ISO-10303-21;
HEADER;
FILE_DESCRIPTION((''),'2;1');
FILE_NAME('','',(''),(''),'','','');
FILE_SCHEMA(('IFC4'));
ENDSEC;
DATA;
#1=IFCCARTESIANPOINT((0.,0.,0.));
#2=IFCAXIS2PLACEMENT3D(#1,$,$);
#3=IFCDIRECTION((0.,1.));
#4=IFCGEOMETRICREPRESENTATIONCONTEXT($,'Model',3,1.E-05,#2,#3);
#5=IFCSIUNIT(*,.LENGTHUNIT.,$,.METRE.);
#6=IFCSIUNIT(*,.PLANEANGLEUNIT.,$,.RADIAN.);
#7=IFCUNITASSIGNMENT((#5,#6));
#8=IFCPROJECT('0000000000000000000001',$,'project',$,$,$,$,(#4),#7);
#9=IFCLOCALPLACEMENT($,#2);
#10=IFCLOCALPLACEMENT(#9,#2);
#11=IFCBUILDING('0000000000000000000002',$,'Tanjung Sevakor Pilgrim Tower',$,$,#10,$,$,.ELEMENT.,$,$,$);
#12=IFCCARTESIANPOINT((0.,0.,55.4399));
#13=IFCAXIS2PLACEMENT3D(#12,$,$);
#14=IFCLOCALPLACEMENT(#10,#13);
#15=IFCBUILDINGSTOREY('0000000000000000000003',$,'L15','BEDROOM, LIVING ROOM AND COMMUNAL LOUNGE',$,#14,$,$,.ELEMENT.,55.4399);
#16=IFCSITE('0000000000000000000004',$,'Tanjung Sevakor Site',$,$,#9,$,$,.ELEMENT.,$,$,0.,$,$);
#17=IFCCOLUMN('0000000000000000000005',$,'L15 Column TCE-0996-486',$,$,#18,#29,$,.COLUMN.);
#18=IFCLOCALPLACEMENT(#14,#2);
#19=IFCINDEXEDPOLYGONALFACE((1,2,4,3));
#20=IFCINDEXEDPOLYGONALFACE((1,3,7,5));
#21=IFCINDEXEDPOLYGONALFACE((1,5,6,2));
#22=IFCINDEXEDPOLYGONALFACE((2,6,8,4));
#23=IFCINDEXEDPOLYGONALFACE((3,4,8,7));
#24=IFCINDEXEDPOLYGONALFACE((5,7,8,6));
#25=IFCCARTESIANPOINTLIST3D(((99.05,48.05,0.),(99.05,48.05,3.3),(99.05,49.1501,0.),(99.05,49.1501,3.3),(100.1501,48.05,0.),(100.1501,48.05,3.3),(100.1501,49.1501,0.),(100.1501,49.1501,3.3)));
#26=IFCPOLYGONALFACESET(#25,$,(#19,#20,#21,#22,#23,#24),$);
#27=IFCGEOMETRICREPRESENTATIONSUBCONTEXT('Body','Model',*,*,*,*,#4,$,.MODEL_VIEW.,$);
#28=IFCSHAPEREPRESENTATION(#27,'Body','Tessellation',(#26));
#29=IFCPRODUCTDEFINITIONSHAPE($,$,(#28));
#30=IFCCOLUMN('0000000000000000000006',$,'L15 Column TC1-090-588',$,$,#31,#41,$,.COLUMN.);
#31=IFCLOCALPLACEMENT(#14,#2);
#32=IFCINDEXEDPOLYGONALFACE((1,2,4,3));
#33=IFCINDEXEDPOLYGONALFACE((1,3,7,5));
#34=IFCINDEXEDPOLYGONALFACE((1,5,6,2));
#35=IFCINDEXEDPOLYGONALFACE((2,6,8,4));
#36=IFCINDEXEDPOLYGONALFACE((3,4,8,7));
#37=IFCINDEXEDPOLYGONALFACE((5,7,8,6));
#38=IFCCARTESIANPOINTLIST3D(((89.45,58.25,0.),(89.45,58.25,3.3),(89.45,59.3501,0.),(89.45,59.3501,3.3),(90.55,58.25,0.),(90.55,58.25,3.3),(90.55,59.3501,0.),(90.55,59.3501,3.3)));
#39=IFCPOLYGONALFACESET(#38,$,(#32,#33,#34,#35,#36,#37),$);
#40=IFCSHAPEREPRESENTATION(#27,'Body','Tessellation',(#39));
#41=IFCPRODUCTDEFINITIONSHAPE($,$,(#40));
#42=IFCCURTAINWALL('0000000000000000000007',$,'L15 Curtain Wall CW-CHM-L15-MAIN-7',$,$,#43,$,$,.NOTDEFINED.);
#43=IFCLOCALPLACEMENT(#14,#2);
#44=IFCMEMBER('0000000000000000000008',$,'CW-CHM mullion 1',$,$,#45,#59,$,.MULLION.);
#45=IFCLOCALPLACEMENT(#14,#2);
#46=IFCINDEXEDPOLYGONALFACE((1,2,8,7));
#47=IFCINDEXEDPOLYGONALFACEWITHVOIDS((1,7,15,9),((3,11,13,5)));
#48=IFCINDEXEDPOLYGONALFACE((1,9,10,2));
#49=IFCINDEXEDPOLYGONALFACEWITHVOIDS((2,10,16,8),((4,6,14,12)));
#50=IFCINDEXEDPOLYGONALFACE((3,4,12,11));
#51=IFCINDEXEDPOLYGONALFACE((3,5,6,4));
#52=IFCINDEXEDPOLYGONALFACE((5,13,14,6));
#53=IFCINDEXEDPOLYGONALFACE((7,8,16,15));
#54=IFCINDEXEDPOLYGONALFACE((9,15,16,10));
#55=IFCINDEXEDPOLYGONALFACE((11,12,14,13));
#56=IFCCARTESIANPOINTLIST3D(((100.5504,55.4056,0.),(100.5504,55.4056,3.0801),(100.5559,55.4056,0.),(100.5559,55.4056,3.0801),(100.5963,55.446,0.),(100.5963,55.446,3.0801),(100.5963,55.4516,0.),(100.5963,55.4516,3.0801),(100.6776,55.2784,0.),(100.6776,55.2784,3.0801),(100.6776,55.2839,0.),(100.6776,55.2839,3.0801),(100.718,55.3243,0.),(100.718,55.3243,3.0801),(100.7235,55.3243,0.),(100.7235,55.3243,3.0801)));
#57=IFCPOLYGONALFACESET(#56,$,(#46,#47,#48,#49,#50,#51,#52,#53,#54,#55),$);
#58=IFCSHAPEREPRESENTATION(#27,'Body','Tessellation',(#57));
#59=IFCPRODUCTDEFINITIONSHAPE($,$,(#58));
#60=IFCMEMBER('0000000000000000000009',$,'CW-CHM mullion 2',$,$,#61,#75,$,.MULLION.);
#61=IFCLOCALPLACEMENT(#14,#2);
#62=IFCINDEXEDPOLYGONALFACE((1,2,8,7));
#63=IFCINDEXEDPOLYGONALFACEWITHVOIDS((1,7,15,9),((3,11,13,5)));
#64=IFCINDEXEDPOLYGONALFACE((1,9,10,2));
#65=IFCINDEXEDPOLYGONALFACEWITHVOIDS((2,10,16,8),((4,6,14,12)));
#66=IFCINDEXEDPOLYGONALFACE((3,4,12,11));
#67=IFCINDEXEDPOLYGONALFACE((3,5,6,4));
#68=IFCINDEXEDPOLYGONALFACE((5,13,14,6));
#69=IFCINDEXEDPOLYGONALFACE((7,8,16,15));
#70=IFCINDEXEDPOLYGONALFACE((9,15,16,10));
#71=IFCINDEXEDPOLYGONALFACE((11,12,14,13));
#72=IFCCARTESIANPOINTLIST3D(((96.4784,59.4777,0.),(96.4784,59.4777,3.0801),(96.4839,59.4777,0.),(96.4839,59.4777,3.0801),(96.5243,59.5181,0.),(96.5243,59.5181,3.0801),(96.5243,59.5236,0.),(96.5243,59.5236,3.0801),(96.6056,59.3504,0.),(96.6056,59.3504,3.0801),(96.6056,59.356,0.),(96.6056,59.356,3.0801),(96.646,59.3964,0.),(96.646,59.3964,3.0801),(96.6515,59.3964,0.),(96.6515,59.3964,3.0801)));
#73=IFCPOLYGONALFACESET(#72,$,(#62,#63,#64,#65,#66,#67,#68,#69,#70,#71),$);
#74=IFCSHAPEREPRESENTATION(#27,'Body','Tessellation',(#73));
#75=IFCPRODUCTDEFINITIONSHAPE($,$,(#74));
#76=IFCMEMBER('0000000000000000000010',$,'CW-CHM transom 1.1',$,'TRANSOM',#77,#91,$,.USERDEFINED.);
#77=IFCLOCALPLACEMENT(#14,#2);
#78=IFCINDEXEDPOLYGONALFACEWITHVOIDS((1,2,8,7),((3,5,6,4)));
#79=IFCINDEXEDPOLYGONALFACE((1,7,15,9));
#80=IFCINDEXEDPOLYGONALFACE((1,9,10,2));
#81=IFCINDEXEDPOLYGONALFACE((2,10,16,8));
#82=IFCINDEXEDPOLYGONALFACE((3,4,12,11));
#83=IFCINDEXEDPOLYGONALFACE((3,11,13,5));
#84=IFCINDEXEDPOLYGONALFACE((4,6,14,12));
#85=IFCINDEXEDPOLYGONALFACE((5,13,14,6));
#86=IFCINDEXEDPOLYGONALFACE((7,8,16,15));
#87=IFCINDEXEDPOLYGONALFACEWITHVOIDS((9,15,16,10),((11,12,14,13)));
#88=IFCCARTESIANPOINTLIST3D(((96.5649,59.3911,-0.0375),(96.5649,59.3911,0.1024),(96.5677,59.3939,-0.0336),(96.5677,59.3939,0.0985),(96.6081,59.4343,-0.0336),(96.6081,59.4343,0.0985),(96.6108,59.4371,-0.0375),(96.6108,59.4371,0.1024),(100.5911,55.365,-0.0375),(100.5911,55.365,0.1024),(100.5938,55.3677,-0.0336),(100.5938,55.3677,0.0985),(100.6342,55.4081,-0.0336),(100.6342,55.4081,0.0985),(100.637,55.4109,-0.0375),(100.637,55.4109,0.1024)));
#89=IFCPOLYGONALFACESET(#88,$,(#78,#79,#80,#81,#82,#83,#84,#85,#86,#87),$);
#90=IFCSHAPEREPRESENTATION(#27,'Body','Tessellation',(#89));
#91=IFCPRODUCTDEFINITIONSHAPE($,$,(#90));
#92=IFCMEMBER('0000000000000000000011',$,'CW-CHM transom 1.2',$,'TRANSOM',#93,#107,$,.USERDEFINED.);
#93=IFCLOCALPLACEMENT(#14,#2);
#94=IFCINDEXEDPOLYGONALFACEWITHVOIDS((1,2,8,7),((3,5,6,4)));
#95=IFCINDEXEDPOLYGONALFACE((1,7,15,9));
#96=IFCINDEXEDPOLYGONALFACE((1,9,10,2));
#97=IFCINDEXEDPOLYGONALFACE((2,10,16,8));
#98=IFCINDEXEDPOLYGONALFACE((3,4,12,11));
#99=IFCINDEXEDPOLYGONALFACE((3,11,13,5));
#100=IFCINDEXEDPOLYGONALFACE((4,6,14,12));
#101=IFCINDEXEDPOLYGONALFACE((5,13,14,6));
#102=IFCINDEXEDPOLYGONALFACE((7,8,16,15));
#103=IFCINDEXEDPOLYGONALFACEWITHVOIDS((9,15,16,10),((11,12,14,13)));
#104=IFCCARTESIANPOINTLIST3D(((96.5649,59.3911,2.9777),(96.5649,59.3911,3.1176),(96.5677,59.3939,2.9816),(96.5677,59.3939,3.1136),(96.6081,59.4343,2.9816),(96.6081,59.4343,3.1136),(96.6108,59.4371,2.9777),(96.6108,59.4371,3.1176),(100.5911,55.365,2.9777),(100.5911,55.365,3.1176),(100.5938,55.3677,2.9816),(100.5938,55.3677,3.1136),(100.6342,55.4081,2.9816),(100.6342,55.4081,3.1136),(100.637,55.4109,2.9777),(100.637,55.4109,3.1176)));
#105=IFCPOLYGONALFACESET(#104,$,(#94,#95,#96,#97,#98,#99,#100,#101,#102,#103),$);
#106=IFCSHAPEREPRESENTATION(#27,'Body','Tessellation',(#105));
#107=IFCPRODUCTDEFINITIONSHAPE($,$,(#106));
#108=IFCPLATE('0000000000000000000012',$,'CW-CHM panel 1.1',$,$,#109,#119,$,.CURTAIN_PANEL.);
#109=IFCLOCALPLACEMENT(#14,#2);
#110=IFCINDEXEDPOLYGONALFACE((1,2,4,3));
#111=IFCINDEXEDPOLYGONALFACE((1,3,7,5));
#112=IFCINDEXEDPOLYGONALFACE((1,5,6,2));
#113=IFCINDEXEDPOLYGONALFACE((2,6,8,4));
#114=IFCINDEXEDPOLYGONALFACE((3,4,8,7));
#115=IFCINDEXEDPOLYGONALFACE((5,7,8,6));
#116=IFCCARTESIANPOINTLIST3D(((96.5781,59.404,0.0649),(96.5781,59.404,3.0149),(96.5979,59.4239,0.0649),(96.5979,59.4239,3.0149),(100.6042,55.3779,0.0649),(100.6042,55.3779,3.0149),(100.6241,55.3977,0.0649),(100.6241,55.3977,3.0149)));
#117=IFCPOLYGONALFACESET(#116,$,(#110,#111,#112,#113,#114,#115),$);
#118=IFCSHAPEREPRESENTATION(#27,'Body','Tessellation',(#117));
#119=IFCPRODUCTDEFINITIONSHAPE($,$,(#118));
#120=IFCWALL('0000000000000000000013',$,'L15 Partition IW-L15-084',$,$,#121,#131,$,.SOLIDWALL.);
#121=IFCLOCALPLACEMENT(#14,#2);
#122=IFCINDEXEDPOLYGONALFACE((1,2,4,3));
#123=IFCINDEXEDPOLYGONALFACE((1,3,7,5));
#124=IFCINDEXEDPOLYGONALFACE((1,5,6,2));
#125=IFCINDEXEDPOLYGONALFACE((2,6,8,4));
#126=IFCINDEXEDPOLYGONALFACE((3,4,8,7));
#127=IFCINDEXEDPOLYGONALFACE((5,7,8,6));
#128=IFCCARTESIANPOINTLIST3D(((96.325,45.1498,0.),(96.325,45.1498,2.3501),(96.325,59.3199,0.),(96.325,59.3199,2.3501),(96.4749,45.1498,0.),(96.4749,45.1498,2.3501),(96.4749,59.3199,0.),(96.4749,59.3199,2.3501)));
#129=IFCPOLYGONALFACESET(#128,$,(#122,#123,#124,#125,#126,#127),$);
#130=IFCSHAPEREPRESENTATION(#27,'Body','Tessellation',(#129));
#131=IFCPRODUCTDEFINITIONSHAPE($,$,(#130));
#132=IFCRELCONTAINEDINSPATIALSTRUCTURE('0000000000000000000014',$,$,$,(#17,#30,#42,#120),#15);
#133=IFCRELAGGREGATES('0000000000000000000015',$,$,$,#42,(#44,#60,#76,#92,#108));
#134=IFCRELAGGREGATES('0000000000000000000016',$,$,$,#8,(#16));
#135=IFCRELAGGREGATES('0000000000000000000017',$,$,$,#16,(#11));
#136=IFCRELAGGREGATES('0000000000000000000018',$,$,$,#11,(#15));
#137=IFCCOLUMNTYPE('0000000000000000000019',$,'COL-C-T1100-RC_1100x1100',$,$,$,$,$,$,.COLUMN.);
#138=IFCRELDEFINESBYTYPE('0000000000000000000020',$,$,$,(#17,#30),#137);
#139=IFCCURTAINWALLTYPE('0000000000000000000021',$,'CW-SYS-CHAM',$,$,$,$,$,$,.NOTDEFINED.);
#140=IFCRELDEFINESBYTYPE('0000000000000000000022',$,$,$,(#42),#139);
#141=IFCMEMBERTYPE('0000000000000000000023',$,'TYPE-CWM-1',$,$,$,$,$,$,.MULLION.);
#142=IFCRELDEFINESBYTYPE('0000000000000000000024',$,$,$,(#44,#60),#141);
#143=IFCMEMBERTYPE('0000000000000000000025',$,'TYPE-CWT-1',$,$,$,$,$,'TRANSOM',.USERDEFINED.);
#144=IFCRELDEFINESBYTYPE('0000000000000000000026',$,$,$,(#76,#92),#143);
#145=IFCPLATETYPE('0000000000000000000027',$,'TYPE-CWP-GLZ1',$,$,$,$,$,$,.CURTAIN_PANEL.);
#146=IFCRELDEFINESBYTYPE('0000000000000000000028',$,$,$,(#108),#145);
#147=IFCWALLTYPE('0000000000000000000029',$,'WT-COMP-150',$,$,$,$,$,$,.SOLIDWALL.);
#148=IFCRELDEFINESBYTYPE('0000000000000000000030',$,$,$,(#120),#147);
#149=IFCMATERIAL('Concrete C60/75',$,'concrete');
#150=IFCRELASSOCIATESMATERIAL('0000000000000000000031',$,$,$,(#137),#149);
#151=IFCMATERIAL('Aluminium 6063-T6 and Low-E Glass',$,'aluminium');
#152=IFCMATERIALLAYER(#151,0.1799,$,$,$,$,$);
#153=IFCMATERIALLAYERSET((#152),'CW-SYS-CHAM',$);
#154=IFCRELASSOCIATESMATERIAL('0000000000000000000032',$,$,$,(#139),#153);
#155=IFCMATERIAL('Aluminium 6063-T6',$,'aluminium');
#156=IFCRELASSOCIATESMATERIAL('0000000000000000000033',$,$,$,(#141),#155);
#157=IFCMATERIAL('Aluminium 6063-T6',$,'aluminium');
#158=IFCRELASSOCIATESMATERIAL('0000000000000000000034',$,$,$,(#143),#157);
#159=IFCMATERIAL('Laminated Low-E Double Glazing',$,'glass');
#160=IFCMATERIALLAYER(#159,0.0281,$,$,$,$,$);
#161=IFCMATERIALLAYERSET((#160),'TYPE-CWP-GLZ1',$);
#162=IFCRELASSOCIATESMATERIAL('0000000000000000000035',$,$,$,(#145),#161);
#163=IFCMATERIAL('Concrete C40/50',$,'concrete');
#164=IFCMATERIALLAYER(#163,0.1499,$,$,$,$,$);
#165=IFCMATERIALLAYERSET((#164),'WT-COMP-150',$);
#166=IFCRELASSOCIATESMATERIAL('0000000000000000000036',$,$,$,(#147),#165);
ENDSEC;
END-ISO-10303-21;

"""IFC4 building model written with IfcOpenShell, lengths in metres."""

from ifc_helpers import new_model, si_unit, direction, frame, frame_2d, origin, origin_2d, place, context, subcontext, project, spatial, rectangle, hollow_rectangle, extrude, material, layer, layer_set, material_profile, profile_set, type_object, element, aggregate, save


model = new_model("IFC4")

# Units and contexts
model_context = context("Model", 3, precision=1e-05, world=origin(), true_north=direction((0.0, 1.0)))
body_context = subcontext(model_context, "Body", "Model", "MODEL_VIEW")
ifc_project = project(units=[si_unit("LENGTHUNIT", "METRE"), si_unit("PLANEANGLEUNIT", "RADIAN")], contexts=[model_context])

# Site, building, storey
site_placement = place(None, origin())
site = spatial("IfcSite", under=ifc_project, at=site_placement, Name="Tanjung Sevakor Site", CompositionType="ELEMENT", RefElevation=0.0)
building_placement = place(site_placement, origin())
building = spatial("IfcBuilding", under=site, at=building_placement, Name="Tanjung Sevakor Pilgrim Tower", CompositionType="ELEMENT")
storey_placement = place(building_placement, frame((0.0, 0.0, 55.4399)))
storey = spatial("IfcBuildingStorey", under=building, at=storey_placement, Name="L15", Description="BEDROOM, LIVING ROOM AND COMMUNAL LOUNGE", CompositionType="ELEMENT", Elevation=55.4399)

# Columns
ifc_material_1 = material(Name="Concrete C60/75", Category="concrete")
ifc_material_profile_1 = material_profile(ifc_material_1, rectangle(XDim=1.1001, YDim=1.1001, at=origin_2d()))
ifc_profile_set_1 = profile_set([ifc_material_profile_1], Name="Concrete C60/75")
column_type = type_object("IfcColumnType", Name="COL-C-T1100-RC_1100x1100", PredefinedType="COLUMN", material=ifc_profile_set_1)
for number, where, z_axis, x_axis, name in (
    (1, (99.6001, 48.6001, 0.0), (0.0, 0.0, 1.0), (1.0, 0.0, 0.0), "L15 Column TCE-0996-486"),
    (2, (90.0, 58.8, 0.0), (0.0, 0.0, 1.0), (1.0, 0.0, 0.0), "L15 Column TC1-090-588"),
):
    element("IfcColumn", number, at=place(storey_placement, frame(where, z_axis=z_axis, x_axis=x_axis)), inside=storey, type_object=column_type, Name=name, PredefinedType="COLUMN", context=body_context, shape_type="SweptSolid", body=[
        extrude(rectangle(XDim=1.1001, YDim=1.1001, at=origin_2d()), origin(), (0.0, 0.0, 1.0), 3.3),
    ])

# Curtain wall, members, plate
ifc_material_2 = material(Name="Aluminium 6063-T6 and Low-E Glass", Category="aluminium")
ifc_layer_1 = layer(ifc_material_2, 0.1799)
ifc_layer_set_1 = layer_set([ifc_layer_1], Name="CW-SYS-CHAM")
curtain_wall_type = type_object("IfcCurtainWallType", Name="CW-SYS-CHAM", PredefinedType="NOTDEFINED", material=ifc_layer_set_1)
curtain_wall_placement = place(storey_placement, origin())
curtain_wall = element("IfcCurtainWall", 3, at=curtain_wall_placement, inside=storey, type_object=curtain_wall_type, Name="L15 Curtain Wall CW-CHM-L15-MAIN-7", PredefinedType="NOTDEFINED")
ifc_material_3 = material(Name="Aluminium 6063-T6", Category="aluminium")
ifc_material_profile_2 = material_profile(ifc_material_3, hollow_rectangle(XDim=0.0649, YDim=0.1799, WallThickness=0.0039, at=origin_2d()))
ifc_profile_set_2 = profile_set([ifc_material_profile_2], Name="Aluminium 6063-T6")
member_type_1 = type_object("IfcMemberType", Name="TYPE-CWM-1", PredefinedType="MULLION", material=ifc_profile_set_2)
member_1_placement = place(storey_placement, frame((100.637, 55.365, 0.0), z_axis=(0.0, 0.0, 1.0), x_axis=(-0.707107, -0.707107, 0.0)))
member_1 = element("IfcMember", 4, at=member_1_placement, type_object=member_type_1, Name="CW-CHM mullion 1", PredefinedType="MULLION", context=body_context, shape_type="SweptSolid", body=[
    extrude(hollow_rectangle(XDim=0.0649, YDim=0.1799, WallThickness=0.0039, at=origin_2d()), origin(), (0.0, 0.0, 1.0), 3.0801),
])
member_2_placement = place(storey_placement, frame((96.5649, 59.437, 0.0), z_axis=(0.0, 0.0, 1.0), x_axis=(-0.707107, -0.707107, 0.0)))
member_2 = element("IfcMember", 5, at=member_2_placement, type_object=member_type_1, Name="CW-CHM mullion 2", PredefinedType="MULLION", context=body_context, shape_type="SweptSolid", body=[
    extrude(hollow_rectangle(XDim=0.0649, YDim=0.1799, WallThickness=0.0039, at=origin_2d()), origin(), (0.0, 0.0, 1.0), 3.0801),
])
ifc_material_4 = material(Name="Aluminium 6063-T6", Category="aluminium")
ifc_material_profile_3 = material_profile(ifc_material_4, hollow_rectangle(XDim=0.0649, YDim=0.1399, WallThickness=0.0039, at=origin_2d()))
ifc_profile_set_3 = profile_set([ifc_material_profile_3], Name="Aluminium 6063-T6")
member_type_2 = type_object("IfcMemberType", Name="TYPE-CWT-1", ElementType="TRANSOM", PredefinedType="USERDEFINED", material=ifc_profile_set_3)
member_3_placement = place(storey_placement, frame((100.614, 55.3879, 0.0325), z_axis=(-0.707107, 0.707107, 0.0), x_axis=(-0.707107, -0.707107, 0.0)))
member_3 = element("IfcMember", 6, at=member_3_placement, type_object=member_type_2, Name="CW-CHM transom 1.1", ObjectType="TRANSOM", PredefinedType="USERDEFINED", context=body_context, shape_type="SweptSolid", body=[
    extrude(hollow_rectangle(XDim=0.0649, YDim=0.1399, WallThickness=0.0039, at=origin_2d()), origin(), (0.0, 0.0, 1.0), 5.6938),
])
member_4_placement = place(storey_placement, frame((100.614, 55.3879, 3.0476), z_axis=(-0.707107, 0.707107, 0.0), x_axis=(-0.707107, -0.707107, 0.0)))
member_4 = element("IfcMember", 7, at=member_4_placement, type_object=member_type_2, Name="CW-CHM transom 1.2", ObjectType="TRANSOM", PredefinedType="USERDEFINED", context=body_context, shape_type="SweptSolid", body=[
    extrude(hollow_rectangle(XDim=0.0649, YDim=0.1399, WallThickness=0.0039, at=origin_2d()), origin(), (0.0, 0.0, 1.0), 5.6938),
])
ifc_material_5 = material(Name="Laminated Low-E Double Glazing", Category="glass")
ifc_layer_2 = layer(ifc_material_5, 0.0281)
ifc_layer_set_2 = layer_set([ifc_layer_2], Name="TYPE-CWP-GLZ1")
plate_type = type_object("IfcPlateType", Name="TYPE-CWP-GLZ1", PredefinedType="CURTAIN_PANEL", material=ifc_layer_set_2)
plate_placement = place(storey_placement, frame((98.6011, 57.4009, 0.0649), z_axis=(0.0, 0.0, 1.0), x_axis=(-0.707107, 0.707107, 0.0)))
plate = element("IfcPlate", 8, at=plate_placement, type_object=plate_type, Name="CW-CHM panel 1.1", PredefinedType="CURTAIN_PANEL", context=body_context, shape_type="SweptSolid", body=[
    extrude(rectangle(XDim=5.6938, YDim=0.0281, at=origin_2d()), origin(), (0.0, 0.0, 1.0), 2.95),
])
aggregate(curtain_wall, [member_1, member_2, member_3, member_4, plate])

# Wall
ifc_material_6 = material(Name="Concrete C40/50", Category="concrete")
ifc_layer_3 = layer(ifc_material_6, 0.1499)
ifc_layer_set_3 = layer_set([ifc_layer_3], Name="WT-COMP-150")
wall_type_1 = type_object("IfcWallType", Name="WT-COMP-150", PredefinedType="SOLIDWALL", material=ifc_layer_set_3)
wall_1_placement = place(storey_placement, frame((96.3999, 45.1499, 0.0), z_axis=(0.0, 0.0, 1.0), x_axis=(0.0, 1.0, 0.0)))
element("IfcWall", 9, at=wall_1_placement, inside=storey, type_object=wall_type_1, Name="L15 Partition IW-L15-084", PredefinedType="SOLIDWALL", context=body_context, shape_type="SweptSolid", body=[
    extrude(rectangle(XDim=14.1702, YDim=0.1499, at=frame_2d((7.085, 0.0))), origin(), (0.0, 0.0, 1.0), 2.3501),
])

save(model, "model.ifc")
